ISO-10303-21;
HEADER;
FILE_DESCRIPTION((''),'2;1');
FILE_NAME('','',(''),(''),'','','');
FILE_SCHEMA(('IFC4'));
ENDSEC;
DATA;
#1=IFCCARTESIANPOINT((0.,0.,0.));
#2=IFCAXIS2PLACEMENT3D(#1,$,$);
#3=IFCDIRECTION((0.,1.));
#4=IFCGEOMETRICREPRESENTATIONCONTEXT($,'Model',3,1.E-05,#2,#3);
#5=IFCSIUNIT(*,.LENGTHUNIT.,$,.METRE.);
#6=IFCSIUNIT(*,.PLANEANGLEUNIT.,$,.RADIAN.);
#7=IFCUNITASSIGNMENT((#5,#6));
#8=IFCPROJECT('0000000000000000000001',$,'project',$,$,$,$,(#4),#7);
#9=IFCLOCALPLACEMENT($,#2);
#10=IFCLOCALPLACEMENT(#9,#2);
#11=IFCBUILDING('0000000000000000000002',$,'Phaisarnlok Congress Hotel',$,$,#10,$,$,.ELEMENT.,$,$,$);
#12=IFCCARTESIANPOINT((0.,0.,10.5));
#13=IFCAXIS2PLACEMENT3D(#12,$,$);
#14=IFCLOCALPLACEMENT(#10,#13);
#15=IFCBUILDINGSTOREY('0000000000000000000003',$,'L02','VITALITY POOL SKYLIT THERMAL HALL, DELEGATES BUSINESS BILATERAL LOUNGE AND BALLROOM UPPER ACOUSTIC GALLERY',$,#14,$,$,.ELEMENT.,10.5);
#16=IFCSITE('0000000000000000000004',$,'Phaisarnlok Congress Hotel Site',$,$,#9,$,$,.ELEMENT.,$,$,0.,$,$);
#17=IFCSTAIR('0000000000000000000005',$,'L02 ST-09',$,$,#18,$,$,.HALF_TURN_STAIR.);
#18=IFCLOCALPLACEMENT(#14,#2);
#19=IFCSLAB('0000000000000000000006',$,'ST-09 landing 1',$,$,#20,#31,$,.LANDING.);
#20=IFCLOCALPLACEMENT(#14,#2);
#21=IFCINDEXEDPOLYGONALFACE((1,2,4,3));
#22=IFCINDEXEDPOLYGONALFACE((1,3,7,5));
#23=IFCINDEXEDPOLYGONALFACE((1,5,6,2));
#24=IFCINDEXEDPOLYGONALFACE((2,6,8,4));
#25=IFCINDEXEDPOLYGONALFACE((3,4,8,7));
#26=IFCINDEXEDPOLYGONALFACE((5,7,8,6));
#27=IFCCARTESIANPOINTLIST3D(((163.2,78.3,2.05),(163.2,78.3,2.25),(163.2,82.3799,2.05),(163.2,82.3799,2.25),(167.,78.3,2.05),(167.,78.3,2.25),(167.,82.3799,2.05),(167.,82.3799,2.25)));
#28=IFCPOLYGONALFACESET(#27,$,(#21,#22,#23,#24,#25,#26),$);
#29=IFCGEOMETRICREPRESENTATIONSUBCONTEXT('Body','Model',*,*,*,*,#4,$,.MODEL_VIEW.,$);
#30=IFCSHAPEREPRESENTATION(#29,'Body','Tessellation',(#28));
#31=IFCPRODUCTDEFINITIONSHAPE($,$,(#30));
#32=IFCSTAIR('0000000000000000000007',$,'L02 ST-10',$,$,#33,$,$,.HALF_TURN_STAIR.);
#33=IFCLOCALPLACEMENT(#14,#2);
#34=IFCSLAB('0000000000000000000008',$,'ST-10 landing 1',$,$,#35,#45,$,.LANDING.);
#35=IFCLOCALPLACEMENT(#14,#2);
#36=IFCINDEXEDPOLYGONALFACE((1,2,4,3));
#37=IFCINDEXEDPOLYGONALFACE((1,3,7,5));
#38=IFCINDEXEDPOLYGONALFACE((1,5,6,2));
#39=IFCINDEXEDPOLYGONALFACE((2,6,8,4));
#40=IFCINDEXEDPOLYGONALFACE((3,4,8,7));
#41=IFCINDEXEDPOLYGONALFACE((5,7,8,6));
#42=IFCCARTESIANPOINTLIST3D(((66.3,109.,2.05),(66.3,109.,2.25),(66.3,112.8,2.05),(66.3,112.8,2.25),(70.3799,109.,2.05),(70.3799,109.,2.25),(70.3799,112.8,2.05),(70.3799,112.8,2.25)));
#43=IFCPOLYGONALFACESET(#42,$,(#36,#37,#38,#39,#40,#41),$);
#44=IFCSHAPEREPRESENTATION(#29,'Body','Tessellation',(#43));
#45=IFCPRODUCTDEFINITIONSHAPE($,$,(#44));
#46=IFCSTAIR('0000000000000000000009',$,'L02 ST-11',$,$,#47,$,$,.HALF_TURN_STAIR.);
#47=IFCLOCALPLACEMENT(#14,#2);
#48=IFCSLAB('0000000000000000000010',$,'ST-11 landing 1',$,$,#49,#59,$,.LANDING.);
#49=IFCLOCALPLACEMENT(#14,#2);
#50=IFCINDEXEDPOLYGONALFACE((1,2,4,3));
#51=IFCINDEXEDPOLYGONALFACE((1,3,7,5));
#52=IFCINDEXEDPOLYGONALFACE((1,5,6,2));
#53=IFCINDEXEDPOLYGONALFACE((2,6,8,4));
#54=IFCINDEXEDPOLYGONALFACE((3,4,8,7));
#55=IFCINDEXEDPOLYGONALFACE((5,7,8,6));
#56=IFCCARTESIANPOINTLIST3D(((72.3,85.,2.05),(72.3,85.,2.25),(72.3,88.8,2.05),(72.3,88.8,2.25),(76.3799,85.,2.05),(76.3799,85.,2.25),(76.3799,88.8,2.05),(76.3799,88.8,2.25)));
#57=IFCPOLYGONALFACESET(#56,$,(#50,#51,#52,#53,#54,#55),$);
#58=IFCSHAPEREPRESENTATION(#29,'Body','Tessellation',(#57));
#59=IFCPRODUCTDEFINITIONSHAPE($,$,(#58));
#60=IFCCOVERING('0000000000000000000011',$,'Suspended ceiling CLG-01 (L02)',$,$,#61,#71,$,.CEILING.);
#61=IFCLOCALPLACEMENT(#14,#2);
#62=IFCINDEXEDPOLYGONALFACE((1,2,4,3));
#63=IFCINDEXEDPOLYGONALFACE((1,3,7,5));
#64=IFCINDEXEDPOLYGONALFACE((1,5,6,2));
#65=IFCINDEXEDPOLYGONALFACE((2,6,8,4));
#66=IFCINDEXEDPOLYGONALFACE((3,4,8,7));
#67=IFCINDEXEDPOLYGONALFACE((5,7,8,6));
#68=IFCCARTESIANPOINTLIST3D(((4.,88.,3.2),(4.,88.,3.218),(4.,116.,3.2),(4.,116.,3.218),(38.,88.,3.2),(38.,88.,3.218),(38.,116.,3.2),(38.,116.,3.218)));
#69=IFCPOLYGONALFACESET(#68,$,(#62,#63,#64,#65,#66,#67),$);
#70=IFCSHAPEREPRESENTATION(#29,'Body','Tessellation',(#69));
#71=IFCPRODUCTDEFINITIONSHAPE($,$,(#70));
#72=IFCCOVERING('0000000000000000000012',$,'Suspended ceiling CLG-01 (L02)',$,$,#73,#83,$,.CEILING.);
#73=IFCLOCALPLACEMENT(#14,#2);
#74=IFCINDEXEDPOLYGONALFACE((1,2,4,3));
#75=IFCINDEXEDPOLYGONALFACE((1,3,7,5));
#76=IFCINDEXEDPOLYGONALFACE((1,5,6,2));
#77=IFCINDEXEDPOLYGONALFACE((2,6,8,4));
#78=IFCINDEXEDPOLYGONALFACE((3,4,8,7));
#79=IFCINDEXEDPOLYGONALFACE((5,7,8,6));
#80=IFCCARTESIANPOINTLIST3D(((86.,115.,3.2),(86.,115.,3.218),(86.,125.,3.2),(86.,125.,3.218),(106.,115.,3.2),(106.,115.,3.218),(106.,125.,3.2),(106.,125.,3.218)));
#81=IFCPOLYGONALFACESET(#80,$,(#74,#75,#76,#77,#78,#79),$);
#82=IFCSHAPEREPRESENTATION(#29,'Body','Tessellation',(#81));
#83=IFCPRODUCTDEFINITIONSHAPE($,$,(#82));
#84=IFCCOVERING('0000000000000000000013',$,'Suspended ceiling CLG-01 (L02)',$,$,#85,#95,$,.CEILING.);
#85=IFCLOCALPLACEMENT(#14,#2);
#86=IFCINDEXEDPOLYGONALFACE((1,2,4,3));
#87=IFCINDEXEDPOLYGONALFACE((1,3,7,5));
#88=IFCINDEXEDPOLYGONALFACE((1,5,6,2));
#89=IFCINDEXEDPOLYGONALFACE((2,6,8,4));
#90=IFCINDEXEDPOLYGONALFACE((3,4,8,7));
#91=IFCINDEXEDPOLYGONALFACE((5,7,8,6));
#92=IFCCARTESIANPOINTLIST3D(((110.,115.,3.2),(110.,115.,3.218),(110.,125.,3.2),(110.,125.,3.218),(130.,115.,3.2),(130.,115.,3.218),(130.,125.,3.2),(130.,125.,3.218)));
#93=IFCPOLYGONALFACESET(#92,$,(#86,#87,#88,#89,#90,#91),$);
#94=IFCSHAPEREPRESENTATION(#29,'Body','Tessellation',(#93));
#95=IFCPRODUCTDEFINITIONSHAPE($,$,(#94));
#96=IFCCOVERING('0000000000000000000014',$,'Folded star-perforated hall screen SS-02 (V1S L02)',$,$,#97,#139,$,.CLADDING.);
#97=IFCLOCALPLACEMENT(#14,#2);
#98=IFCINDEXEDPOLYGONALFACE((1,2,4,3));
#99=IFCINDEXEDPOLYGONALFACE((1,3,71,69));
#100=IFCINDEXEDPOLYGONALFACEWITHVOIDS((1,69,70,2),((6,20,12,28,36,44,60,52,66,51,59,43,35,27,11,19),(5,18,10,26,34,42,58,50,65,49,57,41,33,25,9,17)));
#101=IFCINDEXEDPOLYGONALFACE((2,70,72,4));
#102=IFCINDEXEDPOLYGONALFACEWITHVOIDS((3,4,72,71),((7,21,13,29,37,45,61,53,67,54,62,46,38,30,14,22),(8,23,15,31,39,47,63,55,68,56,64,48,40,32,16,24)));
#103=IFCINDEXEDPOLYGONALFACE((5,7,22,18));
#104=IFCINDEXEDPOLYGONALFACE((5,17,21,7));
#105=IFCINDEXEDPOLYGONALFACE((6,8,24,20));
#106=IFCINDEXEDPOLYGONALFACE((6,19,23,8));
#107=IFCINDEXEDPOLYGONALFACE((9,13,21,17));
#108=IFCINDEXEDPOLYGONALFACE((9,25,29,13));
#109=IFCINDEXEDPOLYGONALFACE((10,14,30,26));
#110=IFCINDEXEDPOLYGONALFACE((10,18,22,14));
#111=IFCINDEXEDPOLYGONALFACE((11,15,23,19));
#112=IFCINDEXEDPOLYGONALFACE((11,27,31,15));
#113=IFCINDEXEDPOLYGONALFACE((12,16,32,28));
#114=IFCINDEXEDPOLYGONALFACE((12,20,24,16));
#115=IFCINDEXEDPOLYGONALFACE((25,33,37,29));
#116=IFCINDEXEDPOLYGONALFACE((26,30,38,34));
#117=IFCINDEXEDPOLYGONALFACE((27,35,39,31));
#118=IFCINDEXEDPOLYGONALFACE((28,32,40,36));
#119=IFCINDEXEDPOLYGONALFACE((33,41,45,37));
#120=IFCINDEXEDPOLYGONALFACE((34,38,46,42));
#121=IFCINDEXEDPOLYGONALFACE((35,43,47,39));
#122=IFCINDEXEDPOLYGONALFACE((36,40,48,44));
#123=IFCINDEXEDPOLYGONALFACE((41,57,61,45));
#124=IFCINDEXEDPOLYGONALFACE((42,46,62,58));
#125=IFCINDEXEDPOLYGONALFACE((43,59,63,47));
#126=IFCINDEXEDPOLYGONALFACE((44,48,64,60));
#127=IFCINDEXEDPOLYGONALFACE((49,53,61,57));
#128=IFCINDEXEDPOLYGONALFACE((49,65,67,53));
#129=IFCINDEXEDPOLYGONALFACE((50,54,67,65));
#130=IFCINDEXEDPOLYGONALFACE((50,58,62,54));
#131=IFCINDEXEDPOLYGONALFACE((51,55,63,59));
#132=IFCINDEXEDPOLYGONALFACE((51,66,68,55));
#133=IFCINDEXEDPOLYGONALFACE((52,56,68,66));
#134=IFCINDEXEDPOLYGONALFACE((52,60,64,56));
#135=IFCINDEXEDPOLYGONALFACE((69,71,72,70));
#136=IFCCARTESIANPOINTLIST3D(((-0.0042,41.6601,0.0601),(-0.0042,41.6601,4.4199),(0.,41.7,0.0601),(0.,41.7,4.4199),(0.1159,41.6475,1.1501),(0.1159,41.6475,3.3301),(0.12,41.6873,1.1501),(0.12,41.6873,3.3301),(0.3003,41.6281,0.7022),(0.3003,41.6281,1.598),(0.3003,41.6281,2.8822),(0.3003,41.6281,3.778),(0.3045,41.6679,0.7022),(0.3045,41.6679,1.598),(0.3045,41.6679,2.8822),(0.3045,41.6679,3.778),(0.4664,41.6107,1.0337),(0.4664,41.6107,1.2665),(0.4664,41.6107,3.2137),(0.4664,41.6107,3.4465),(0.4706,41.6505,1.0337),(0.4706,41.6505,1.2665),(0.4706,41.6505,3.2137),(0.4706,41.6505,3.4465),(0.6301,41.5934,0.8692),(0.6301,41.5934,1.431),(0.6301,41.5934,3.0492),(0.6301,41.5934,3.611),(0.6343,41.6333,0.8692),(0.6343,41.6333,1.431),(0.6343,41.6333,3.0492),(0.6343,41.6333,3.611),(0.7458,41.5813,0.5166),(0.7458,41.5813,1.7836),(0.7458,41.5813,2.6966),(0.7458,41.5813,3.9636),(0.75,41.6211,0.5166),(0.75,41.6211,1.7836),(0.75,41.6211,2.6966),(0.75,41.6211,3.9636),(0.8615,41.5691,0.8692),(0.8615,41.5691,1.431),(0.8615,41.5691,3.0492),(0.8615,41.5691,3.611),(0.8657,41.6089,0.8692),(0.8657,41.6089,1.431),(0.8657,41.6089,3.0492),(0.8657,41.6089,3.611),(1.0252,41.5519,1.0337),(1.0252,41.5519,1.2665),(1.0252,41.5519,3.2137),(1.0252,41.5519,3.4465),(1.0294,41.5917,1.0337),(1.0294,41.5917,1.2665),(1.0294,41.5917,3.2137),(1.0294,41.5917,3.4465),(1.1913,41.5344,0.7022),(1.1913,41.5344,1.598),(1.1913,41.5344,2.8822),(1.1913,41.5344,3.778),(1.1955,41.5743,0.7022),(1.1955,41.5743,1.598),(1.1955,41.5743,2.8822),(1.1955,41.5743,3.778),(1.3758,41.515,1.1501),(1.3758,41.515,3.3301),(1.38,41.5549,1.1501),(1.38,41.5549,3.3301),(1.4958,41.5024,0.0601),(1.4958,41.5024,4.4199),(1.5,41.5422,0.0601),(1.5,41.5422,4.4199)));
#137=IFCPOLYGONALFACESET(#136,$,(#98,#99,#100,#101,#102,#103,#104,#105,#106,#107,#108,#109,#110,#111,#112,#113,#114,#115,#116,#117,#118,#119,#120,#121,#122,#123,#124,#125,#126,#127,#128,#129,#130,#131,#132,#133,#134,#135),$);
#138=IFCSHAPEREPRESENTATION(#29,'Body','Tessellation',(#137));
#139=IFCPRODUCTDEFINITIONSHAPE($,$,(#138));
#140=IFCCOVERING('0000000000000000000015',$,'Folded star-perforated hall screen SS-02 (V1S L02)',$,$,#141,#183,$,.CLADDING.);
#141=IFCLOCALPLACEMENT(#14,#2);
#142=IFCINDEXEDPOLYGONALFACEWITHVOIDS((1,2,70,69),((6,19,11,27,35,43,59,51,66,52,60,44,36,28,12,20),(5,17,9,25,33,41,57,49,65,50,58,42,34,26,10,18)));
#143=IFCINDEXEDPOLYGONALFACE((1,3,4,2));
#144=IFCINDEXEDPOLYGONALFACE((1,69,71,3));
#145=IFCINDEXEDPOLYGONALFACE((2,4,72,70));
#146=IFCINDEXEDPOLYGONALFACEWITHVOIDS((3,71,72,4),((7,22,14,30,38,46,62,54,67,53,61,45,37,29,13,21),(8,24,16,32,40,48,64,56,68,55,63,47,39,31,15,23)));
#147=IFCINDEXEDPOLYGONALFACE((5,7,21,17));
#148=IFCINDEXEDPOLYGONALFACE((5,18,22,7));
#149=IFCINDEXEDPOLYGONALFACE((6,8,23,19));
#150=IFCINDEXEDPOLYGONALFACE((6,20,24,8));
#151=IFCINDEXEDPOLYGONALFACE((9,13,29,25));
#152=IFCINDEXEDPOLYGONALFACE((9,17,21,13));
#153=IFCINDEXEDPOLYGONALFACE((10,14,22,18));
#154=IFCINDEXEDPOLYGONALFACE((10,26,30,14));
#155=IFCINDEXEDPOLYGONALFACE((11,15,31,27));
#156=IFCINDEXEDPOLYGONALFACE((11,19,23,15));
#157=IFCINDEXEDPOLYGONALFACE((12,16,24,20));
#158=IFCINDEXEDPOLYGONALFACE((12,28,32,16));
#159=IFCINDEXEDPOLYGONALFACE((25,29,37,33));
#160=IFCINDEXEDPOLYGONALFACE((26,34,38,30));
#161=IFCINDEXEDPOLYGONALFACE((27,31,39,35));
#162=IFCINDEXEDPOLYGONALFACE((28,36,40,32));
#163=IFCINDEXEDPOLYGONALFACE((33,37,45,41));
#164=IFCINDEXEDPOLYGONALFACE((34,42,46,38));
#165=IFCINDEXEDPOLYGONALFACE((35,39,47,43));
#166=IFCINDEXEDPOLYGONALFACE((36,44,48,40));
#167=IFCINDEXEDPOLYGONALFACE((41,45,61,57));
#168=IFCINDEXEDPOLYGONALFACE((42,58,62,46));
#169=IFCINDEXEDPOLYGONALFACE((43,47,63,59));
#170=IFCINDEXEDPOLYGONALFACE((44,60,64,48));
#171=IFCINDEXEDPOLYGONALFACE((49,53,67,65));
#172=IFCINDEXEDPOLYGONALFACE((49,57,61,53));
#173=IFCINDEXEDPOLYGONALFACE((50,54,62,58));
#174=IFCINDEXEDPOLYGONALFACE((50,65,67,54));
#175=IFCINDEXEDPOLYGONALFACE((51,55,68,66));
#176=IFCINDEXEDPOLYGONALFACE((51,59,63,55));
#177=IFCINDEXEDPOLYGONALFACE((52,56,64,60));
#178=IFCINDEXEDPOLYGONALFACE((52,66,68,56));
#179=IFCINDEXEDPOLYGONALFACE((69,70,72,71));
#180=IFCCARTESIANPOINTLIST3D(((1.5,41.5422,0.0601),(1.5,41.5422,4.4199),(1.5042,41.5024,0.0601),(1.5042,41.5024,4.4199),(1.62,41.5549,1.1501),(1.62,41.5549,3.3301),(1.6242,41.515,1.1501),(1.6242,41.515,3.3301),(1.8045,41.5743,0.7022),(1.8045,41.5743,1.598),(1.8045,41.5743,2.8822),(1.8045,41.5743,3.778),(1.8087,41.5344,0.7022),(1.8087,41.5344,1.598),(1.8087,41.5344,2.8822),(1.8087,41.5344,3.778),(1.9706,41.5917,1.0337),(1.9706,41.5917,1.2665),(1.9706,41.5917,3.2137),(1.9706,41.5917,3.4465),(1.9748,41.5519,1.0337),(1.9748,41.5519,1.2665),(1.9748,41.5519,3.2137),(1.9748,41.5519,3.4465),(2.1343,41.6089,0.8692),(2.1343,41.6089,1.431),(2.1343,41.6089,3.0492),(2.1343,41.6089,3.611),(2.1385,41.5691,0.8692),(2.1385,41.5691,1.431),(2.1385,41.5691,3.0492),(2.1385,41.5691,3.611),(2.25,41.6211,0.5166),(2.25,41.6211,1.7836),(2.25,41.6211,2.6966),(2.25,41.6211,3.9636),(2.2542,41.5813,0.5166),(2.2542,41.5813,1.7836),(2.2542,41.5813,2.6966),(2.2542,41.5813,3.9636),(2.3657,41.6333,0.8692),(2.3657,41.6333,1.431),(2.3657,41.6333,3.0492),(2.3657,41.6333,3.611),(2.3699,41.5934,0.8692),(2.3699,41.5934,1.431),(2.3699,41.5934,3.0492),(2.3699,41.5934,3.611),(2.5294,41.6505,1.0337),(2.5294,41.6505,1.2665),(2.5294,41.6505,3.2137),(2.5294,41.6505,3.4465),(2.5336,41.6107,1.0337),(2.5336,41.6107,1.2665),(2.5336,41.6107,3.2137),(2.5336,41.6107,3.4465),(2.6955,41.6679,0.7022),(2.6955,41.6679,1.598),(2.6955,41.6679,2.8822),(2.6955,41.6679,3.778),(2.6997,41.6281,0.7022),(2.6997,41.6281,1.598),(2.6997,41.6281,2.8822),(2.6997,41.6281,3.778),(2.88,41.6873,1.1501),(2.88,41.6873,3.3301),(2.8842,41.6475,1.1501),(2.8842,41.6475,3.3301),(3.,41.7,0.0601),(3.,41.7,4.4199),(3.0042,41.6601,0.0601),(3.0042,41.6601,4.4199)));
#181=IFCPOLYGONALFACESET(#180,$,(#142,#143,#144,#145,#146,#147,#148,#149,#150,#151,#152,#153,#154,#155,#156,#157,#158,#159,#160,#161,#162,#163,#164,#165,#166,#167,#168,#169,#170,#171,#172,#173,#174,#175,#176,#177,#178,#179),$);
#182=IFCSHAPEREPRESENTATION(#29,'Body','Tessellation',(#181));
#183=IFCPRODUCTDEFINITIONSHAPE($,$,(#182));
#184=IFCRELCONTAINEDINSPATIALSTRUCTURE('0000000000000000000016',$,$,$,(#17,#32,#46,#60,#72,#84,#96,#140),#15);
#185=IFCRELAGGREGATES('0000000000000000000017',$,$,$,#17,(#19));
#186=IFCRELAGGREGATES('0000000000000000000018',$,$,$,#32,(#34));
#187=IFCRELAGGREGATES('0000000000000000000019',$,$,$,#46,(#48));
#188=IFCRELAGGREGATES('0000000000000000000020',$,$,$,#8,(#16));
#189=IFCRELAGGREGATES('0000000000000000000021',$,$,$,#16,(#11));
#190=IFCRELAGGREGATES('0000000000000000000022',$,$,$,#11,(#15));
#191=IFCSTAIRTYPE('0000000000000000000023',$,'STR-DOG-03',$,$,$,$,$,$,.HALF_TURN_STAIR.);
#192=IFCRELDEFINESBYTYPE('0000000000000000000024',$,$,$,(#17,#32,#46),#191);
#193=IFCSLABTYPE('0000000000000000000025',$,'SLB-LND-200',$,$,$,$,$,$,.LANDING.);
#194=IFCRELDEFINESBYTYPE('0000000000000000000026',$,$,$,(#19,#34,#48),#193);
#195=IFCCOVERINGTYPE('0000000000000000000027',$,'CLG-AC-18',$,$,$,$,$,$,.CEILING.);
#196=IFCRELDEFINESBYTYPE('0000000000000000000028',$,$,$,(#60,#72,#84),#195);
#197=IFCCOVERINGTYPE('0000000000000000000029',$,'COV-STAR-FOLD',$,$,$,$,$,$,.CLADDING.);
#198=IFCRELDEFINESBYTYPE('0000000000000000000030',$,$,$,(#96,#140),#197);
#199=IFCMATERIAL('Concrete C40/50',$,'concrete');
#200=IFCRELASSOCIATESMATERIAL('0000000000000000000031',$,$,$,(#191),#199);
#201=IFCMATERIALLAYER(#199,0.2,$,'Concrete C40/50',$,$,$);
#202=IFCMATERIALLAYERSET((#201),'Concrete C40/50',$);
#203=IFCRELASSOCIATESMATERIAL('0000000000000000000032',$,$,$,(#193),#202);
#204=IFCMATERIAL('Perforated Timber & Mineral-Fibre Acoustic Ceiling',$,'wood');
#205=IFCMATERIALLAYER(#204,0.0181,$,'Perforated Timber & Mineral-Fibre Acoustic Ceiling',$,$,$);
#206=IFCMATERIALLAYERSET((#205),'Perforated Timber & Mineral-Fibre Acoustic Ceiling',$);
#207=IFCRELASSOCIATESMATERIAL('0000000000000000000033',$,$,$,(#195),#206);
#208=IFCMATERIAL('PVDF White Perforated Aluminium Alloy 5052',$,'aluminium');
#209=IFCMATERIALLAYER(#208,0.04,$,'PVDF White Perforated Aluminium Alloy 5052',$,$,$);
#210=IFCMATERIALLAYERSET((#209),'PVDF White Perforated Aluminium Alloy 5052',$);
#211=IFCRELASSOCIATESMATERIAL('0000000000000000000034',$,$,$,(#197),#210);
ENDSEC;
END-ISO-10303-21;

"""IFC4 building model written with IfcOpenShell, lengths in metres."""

from ifc_helpers import new_model, si_unit, direction, frame, origin, place, context, subcontext, project, spatial, polyline, outline, extrude, material, layer, layer_set, type_object, element, aggregate, save


model = new_model("IFC4")

# Units and contexts
model_context = context("Model", 3, precision=1e-05, world=origin(), true_north=direction((0.0, 1.0)))
body_context = subcontext(model_context, "Body", "Model", "MODEL_VIEW")
ifc_project = project(units=[si_unit("LENGTHUNIT", "METRE"), si_unit("PLANEANGLEUNIT", "RADIAN")], contexts=[model_context])

# Site, building, storey
site_placement = place(None, origin())
site = spatial("IfcSite", under=ifc_project, at=site_placement, Name="Phaisarnlok Congress Hotel Site", CompositionType="ELEMENT", RefElevation=0.0)
building_placement = place(site_placement, origin())
building = spatial("IfcBuilding", under=site, at=building_placement, Name="Phaisarnlok Congress Hotel", CompositionType="ELEMENT")
storey_placement = place(building_placement, frame((0.0, 0.0, 10.5)))
storey = spatial("IfcBuildingStorey", under=building, at=storey_placement, Name="L02", Description="VITALITY POOL SKYLIT THERMAL HALL, DELEGATES BUSINESS BILATERAL LOUNGE AND BALLROOM UPPER ACOUSTIC GALLERY", CompositionType="ELEMENT", Elevation=10.5)

# Stairs, slabs
ifc_material_1 = material(Name="Concrete C40/50", Category="concrete")
stair_type = type_object("IfcStairType", Name="STR-DOG-03", PredefinedType="HALF_TURN_STAIR", material=ifc_material_1)
stair_1_placement = place(storey_placement, origin())
stair_1 = element("IfcStair", 1, at=stair_1_placement, inside=storey, type_object=stair_type, Name="L02 ST-09", PredefinedType="HALF_TURN_STAIR")
ifc_layer_1 = layer(ifc_material_1, 0.2, Name="Concrete C40/50")
ifc_layer_set_1 = layer_set([ifc_layer_1], Name="Concrete C40/50")
slab_type = type_object("IfcSlabType", Name="SLB-LND-200", PredefinedType="LANDING", material=ifc_layer_set_1)
slab_1_placement = place(storey_placement, frame((0.0, 0.0, 2.05)))
slab_1 = element("IfcSlab", 2, at=slab_1_placement, type_object=slab_type, Name="ST-09 landing 1", PredefinedType="LANDING", context=body_context, shape_type="SweptSolid", body=[
    extrude(outline(polyline([(163.2, 82.3799), (163.2, 78.3), (167.0, 78.3), (167.0, 82.3799), (163.2, 82.3799)])), origin(), (0.0, 0.0, 1.0), 0.2),
])
aggregate(stair_1, [slab_1])
stair_2_placement = place(storey_placement, origin())
stair_2 = element("IfcStair", 3, at=stair_2_placement, inside=storey, type_object=stair_type, Name="L02 ST-10", PredefinedType="HALF_TURN_STAIR")
slab_2_placement = place(storey_placement, frame((0.0, 0.0, 2.05)))
slab_2 = element("IfcSlab", 4, at=slab_2_placement, type_object=slab_type, Name="ST-10 landing 1", PredefinedType="LANDING", context=body_context, shape_type="SweptSolid", body=[
    extrude(outline(polyline([(70.3799, 112.8), (66.3, 112.8), (66.3, 109.0), (70.3799, 109.0), (70.3799, 112.8)])), origin(), (0.0, 0.0, 1.0), 0.2),
])
aggregate(stair_2, [slab_2])
stair_3_placement = place(storey_placement, origin())
stair_3 = element("IfcStair", 5, at=stair_3_placement, inside=storey, type_object=stair_type, Name="L02 ST-11", PredefinedType="HALF_TURN_STAIR")
slab_3_placement = place(storey_placement, frame((0.0, 0.0, 2.05)))
slab_3 = element("IfcSlab", 6, at=slab_3_placement, type_object=slab_type, Name="ST-11 landing 1", PredefinedType="LANDING", context=body_context, shape_type="SweptSolid", body=[
    extrude(outline(polyline([(76.3799, 88.8), (72.3, 88.8), (72.3, 85.0), (76.3799, 85.0), (76.3799, 88.8)])), origin(), (0.0, 0.0, 1.0), 0.2),
])
aggregate(stair_3, [slab_3])

# Coverings
ifc_material_2 = material(Name="Perforated Timber & Mineral-Fibre Acoustic Ceiling", Category="wood")
ifc_layer_2 = layer(ifc_material_2, 0.0181, Name="Perforated Timber & Mineral-Fibre Acoustic Ceiling")
ifc_layer_set_2 = layer_set([ifc_layer_2], Name="Perforated Timber & Mineral-Fibre Acoustic Ceiling")
covering_type_1 = type_object("IfcCoveringType", Name="CLG-AC-18", PredefinedType="CEILING", material=ifc_layer_set_2)
covering_1_placement = place(storey_placement, frame((0.0, 0.0, 3.2)))
element("IfcCovering", 7, at=covering_1_placement, inside=storey, type_object=covering_type_1, Name="Suspended ceiling CLG-01 (L02)", PredefinedType="CEILING", context=body_context, shape_type="SweptSolid", body=[
    extrude(outline(polyline([(4.0, 116.0), (38.0, 116.0), (38.0, 88.0), (4.0, 88.0), (4.0, 116.0)])), origin(), (0.0, 0.0, 1.0), 0.0181),
])
covering_2_placement = place(storey_placement, frame((0.0, 0.0, 3.2)))
element("IfcCovering", 8, at=covering_2_placement, inside=storey, type_object=covering_type_1, Name="Suspended ceiling CLG-01 (L02)", PredefinedType="CEILING", context=body_context, shape_type="SweptSolid", body=[
    extrude(outline(polyline([(86.0, 125.0), (106.0, 125.0), (106.0, 115.0), (86.0, 115.0), (86.0, 125.0)])), origin(), (0.0, 0.0, 1.0), 0.0181),
])
covering_3_placement = place(storey_placement, frame((0.0, 0.0, 3.2)))
element("IfcCovering", 9, at=covering_3_placement, inside=storey, type_object=covering_type_1, Name="Suspended ceiling CLG-01 (L02)", PredefinedType="CEILING", context=body_context, shape_type="SweptSolid", body=[
    extrude(outline(polyline([(110.0, 125.0), (130.0, 125.0), (130.0, 115.0), (110.0, 115.0), (110.0, 125.0)])), origin(), (0.0, 0.0, 1.0), 0.0181),
])
ifc_material_3 = material(Name="PVDF White Perforated Aluminium Alloy 5052", Category="aluminium")
ifc_layer_3 = layer(ifc_material_3, 0.04, Name="PVDF White Perforated Aluminium Alloy 5052")
ifc_layer_set_3 = layer_set([ifc_layer_3], Name="PVDF White Perforated Aluminium Alloy 5052")
covering_type_2 = type_object("IfcCoveringType", Name="COV-STAR-FOLD", PredefinedType="CLADDING", material=ifc_layer_set_3)
for number, where, z_axis, x_axis, name in (
    (10, (0.0, 41.7, 0.0601), (-0.104567, -0.994518, 0.0), (0.994518, -0.104567, 0.0), "Folded star-perforated hall screen SS-02 (V1S L02)"),
    (11, (1.5, 41.5422, 0.0601), (0.104567, -0.994518, 0.0), (0.994518, 0.104567, 0.0), "Folded star-perforated hall screen SS-02 (V1S L02)"),
):
    element("IfcCovering", number, at=place(storey_placement, frame(where, z_axis=z_axis, x_axis=x_axis)), inside=storey, type_object=covering_type_2, Name=name, PredefinedType="CLADDING", context=body_context, shape_type="SweptSolid", body=[
        extrude(outline(polyline([(0.0, 0.0), (1.5083, 0.0), (1.5083, 4.3599), (0.0, 4.3599), (0.0, 0.0)]), holes=[polyline([(1.0351, 0.9736), (1.2021, 0.6421), (0.8705, 0.8091), (0.7541, 0.4565), (0.6378, 0.8091), (0.3062, 0.6421), (0.4732, 0.9736), (0.1207, 1.09), (0.4732, 1.2064), (0.3062, 1.5379), (0.6378, 1.3709), (0.7541, 1.7235), (0.8705, 1.3709), (1.2021, 1.5379), (1.0351, 1.2064), (1.3876, 1.09), (1.0351, 0.9736)]), polyline([(1.0351, 3.1536), (1.2021, 2.8221), (0.8705, 2.9891), (0.7541, 2.6365), (0.6378, 2.9891), (0.3062, 2.8221), (0.4732, 3.1536), (0.1207, 3.27), (0.4732, 3.3864), (0.3062, 3.7179), (0.6378, 3.5509), (0.7541, 3.9035), (0.8705, 3.5509), (1.2021, 3.7179), (1.0351, 3.3864), (1.3876, 3.27), (1.0351, 3.1536)])]), origin(), (0.0, 0.0, 1.0), 0.04),
    ])

save(model, "model.ifc")
